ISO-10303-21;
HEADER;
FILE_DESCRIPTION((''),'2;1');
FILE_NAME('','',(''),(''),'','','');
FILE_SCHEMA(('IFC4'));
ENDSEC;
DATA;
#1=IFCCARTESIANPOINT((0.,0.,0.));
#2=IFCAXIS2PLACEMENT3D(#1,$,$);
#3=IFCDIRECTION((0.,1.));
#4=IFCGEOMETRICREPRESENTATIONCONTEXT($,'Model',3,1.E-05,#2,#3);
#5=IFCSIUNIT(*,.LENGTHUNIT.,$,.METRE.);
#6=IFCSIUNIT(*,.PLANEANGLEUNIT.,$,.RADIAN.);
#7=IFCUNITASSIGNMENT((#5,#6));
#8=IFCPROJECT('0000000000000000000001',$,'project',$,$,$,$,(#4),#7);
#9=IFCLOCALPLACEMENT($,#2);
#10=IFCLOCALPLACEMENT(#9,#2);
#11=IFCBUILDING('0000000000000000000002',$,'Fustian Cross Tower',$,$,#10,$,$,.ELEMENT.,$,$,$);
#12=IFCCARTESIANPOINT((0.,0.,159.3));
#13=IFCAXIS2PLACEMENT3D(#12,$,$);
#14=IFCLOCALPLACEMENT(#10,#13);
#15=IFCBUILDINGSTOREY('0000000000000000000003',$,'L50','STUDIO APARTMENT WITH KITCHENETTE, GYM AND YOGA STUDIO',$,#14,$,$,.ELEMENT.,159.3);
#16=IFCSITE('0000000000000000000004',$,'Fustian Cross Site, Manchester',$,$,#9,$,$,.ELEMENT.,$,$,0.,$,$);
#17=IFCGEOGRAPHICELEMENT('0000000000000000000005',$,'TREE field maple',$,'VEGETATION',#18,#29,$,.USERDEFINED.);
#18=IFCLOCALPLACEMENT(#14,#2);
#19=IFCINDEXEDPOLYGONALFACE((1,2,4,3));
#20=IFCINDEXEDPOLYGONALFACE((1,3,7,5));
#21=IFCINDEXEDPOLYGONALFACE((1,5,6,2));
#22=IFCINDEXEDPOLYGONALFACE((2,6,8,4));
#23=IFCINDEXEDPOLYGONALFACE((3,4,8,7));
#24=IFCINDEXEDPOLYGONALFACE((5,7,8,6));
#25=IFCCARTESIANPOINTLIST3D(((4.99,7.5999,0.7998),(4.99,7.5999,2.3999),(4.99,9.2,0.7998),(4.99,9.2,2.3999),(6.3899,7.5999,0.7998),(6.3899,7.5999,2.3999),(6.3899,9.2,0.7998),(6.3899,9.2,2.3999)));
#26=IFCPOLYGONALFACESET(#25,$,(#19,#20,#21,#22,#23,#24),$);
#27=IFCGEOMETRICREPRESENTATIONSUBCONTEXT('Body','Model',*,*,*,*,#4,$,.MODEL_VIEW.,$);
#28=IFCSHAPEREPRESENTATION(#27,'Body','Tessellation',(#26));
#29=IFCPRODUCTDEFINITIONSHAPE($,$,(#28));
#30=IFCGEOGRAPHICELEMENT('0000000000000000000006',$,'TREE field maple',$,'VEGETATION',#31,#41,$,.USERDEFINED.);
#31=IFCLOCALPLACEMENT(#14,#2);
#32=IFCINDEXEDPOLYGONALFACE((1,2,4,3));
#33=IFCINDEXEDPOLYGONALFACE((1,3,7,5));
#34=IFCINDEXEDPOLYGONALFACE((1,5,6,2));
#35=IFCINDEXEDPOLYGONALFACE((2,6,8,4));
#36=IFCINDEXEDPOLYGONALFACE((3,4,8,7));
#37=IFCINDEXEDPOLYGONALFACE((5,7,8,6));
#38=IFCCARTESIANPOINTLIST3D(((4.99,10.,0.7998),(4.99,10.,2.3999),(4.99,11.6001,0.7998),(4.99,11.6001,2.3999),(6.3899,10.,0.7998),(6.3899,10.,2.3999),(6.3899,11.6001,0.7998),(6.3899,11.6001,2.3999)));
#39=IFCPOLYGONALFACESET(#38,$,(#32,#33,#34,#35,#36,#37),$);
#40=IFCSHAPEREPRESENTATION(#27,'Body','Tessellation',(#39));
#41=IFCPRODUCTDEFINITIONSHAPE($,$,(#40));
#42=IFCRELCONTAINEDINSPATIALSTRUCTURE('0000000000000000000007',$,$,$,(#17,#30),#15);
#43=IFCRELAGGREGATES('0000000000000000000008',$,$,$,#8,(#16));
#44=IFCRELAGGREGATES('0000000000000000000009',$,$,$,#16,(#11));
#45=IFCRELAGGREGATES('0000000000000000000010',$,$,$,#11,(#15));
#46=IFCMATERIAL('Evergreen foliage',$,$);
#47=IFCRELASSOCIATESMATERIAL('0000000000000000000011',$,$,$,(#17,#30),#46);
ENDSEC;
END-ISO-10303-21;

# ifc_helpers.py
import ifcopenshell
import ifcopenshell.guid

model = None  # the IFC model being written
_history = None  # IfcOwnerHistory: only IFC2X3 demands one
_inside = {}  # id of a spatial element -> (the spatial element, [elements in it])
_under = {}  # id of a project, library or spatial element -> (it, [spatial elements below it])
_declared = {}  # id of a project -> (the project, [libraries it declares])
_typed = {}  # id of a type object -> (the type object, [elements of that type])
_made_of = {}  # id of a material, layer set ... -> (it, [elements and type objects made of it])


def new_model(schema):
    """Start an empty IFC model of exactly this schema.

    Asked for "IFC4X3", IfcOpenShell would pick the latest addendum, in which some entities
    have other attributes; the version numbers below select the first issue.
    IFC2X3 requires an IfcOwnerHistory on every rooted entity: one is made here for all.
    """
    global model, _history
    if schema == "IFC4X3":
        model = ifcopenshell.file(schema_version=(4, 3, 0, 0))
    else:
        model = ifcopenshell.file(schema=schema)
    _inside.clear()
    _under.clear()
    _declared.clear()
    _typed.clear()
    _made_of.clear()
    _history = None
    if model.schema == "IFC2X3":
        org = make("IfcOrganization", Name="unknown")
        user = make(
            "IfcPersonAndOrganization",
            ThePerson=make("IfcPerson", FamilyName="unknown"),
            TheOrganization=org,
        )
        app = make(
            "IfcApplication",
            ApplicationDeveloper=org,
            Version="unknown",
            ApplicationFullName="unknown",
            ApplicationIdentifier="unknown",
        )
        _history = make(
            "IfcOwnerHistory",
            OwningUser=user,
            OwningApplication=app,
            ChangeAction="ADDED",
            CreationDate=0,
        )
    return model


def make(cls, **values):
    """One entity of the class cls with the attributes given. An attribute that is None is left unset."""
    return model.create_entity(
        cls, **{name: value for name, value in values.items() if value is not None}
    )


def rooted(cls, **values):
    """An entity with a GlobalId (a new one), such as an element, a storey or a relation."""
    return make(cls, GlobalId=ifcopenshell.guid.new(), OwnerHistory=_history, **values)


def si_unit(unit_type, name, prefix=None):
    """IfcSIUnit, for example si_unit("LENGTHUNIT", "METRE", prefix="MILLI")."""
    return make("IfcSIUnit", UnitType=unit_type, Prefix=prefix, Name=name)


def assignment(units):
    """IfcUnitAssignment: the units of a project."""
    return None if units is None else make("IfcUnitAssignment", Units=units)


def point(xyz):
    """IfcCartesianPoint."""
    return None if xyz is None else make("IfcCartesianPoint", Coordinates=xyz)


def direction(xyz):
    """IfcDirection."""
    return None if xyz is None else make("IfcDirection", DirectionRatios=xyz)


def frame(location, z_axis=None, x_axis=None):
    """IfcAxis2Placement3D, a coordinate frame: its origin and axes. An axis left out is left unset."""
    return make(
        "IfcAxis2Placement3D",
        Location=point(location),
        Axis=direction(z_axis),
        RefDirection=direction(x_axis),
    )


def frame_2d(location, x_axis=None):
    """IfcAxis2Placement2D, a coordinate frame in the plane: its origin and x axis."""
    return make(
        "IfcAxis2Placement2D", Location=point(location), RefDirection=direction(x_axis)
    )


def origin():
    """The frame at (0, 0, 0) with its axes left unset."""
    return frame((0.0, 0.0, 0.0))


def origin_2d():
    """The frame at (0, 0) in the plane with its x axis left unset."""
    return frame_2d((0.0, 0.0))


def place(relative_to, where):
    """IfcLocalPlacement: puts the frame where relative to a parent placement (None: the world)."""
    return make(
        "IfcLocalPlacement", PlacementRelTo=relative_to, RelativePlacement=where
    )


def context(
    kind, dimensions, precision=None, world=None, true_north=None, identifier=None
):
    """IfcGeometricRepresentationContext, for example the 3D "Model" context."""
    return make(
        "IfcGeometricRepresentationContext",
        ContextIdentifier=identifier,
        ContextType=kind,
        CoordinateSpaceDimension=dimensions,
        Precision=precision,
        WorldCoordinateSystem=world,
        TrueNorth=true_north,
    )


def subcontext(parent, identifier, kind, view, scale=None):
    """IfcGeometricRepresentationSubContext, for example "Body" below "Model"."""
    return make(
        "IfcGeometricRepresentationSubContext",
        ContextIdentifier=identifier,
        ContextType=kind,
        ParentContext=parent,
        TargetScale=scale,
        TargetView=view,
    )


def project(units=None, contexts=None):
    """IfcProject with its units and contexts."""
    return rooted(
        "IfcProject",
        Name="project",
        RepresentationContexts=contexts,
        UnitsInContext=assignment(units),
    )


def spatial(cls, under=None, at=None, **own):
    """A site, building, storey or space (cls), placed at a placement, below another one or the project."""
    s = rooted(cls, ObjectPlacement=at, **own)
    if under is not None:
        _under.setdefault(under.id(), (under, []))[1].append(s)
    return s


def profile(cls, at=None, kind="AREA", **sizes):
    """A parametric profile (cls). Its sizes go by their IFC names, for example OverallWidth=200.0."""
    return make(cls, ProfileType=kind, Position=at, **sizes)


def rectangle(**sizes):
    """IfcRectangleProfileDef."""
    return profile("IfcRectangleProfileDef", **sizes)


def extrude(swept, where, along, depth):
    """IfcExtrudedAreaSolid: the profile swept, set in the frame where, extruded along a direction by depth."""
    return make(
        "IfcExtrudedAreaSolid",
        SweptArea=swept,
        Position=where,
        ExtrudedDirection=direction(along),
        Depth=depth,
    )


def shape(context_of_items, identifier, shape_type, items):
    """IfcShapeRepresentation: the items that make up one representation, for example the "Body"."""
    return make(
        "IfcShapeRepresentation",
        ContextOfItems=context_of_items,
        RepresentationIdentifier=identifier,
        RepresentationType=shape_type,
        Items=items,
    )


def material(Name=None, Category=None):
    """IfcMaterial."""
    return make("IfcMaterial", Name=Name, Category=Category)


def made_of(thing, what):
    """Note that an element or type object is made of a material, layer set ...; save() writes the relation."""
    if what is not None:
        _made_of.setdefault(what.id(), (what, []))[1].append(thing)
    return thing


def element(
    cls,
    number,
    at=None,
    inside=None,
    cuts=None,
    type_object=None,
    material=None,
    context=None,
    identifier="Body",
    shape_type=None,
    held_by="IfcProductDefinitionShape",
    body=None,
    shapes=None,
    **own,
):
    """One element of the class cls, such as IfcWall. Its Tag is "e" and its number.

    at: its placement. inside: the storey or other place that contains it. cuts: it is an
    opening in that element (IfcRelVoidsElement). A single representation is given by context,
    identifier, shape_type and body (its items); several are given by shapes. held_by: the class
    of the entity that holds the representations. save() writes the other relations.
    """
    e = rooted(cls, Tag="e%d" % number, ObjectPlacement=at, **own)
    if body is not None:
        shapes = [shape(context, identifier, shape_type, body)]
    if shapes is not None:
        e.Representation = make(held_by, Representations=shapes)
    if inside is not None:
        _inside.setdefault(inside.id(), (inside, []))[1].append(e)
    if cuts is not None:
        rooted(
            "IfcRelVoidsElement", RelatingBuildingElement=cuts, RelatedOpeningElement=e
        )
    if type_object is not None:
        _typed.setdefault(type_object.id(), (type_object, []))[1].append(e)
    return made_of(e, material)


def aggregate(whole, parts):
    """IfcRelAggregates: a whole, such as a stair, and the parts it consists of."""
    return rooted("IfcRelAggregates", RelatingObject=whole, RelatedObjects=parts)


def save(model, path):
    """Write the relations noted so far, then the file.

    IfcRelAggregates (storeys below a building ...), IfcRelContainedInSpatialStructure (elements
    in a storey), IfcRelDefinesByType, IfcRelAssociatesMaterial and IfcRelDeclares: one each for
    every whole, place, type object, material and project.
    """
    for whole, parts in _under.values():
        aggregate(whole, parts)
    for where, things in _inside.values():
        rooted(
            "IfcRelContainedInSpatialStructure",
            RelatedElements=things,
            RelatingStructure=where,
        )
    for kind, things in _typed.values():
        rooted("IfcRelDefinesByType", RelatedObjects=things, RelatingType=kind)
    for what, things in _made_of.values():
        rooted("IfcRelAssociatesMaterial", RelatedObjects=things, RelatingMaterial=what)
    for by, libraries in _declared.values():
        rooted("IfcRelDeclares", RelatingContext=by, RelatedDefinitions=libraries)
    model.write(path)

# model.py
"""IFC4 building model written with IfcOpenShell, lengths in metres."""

from ifc_helpers import new_model, si_unit, direction, frame, origin, origin_2d, place, context, subcontext, project, spatial, rectangle, extrude, material, element, save


model = new_model("IFC4")

# Units and contexts
model_context = context("Model", 3, precision=1e-05, world=origin(), true_north=direction((0.0, 1.0)))
body_context = subcontext(model_context, "Body", "Model", "MODEL_VIEW")
ifc_project = project(units=[si_unit("LENGTHUNIT", "METRE"), si_unit("PLANEANGLEUNIT", "RADIAN")], contexts=[model_context])

# Site, building, storey
site_placement = place(None, origin())
site = spatial("IfcSite", under=ifc_project, at=site_placement, Name="Fustian Cross Site, Manchester", CompositionType="ELEMENT", RefElevation=0.0)
building_placement = place(site_placement, origin())
building = spatial("IfcBuilding", under=site, at=building_placement, Name="Fustian Cross Tower", CompositionType="ELEMENT")
storey_placement = place(building_placement, frame((0.0, 0.0, 159.3)))
storey = spatial("IfcBuildingStorey", under=building, at=storey_placement, Name="L50", Description="STUDIO APARTMENT WITH KITCHENETTE, GYM AND YOGA STUDIO", CompositionType="ELEMENT", Elevation=159.3)

# Geographic elements
ifc_material_1 = material(Name="Evergreen foliage")
for number, where, z_axis, x_axis, name in (
    (1, (5.6899, 8.3999, 0.7998), (0.0, 0.0, 1.0), (1.0, 0.0, 0.0), "TREE field maple"),
    (2, (5.6899, 10.8, 0.7998), (0.0, 0.0, 1.0), (1.0, 0.0, 0.0), "TREE field maple"),
):
    element("IfcGeographicElement", number, at=place(storey_placement, frame(where, z_axis=z_axis, x_axis=x_axis)), inside=storey, material=ifc_material_1, Name=name, ObjectType="VEGETATION", PredefinedType="USERDEFINED", context=body_context, shape_type="SweptSolid", body=[
        extrude(rectangle(XDim=1.3999, YDim=1.6001, at=origin_2d()), origin(), (0.0, 0.0, 1.0), 1.6001),
    ])

save(model, "model.ifc")
